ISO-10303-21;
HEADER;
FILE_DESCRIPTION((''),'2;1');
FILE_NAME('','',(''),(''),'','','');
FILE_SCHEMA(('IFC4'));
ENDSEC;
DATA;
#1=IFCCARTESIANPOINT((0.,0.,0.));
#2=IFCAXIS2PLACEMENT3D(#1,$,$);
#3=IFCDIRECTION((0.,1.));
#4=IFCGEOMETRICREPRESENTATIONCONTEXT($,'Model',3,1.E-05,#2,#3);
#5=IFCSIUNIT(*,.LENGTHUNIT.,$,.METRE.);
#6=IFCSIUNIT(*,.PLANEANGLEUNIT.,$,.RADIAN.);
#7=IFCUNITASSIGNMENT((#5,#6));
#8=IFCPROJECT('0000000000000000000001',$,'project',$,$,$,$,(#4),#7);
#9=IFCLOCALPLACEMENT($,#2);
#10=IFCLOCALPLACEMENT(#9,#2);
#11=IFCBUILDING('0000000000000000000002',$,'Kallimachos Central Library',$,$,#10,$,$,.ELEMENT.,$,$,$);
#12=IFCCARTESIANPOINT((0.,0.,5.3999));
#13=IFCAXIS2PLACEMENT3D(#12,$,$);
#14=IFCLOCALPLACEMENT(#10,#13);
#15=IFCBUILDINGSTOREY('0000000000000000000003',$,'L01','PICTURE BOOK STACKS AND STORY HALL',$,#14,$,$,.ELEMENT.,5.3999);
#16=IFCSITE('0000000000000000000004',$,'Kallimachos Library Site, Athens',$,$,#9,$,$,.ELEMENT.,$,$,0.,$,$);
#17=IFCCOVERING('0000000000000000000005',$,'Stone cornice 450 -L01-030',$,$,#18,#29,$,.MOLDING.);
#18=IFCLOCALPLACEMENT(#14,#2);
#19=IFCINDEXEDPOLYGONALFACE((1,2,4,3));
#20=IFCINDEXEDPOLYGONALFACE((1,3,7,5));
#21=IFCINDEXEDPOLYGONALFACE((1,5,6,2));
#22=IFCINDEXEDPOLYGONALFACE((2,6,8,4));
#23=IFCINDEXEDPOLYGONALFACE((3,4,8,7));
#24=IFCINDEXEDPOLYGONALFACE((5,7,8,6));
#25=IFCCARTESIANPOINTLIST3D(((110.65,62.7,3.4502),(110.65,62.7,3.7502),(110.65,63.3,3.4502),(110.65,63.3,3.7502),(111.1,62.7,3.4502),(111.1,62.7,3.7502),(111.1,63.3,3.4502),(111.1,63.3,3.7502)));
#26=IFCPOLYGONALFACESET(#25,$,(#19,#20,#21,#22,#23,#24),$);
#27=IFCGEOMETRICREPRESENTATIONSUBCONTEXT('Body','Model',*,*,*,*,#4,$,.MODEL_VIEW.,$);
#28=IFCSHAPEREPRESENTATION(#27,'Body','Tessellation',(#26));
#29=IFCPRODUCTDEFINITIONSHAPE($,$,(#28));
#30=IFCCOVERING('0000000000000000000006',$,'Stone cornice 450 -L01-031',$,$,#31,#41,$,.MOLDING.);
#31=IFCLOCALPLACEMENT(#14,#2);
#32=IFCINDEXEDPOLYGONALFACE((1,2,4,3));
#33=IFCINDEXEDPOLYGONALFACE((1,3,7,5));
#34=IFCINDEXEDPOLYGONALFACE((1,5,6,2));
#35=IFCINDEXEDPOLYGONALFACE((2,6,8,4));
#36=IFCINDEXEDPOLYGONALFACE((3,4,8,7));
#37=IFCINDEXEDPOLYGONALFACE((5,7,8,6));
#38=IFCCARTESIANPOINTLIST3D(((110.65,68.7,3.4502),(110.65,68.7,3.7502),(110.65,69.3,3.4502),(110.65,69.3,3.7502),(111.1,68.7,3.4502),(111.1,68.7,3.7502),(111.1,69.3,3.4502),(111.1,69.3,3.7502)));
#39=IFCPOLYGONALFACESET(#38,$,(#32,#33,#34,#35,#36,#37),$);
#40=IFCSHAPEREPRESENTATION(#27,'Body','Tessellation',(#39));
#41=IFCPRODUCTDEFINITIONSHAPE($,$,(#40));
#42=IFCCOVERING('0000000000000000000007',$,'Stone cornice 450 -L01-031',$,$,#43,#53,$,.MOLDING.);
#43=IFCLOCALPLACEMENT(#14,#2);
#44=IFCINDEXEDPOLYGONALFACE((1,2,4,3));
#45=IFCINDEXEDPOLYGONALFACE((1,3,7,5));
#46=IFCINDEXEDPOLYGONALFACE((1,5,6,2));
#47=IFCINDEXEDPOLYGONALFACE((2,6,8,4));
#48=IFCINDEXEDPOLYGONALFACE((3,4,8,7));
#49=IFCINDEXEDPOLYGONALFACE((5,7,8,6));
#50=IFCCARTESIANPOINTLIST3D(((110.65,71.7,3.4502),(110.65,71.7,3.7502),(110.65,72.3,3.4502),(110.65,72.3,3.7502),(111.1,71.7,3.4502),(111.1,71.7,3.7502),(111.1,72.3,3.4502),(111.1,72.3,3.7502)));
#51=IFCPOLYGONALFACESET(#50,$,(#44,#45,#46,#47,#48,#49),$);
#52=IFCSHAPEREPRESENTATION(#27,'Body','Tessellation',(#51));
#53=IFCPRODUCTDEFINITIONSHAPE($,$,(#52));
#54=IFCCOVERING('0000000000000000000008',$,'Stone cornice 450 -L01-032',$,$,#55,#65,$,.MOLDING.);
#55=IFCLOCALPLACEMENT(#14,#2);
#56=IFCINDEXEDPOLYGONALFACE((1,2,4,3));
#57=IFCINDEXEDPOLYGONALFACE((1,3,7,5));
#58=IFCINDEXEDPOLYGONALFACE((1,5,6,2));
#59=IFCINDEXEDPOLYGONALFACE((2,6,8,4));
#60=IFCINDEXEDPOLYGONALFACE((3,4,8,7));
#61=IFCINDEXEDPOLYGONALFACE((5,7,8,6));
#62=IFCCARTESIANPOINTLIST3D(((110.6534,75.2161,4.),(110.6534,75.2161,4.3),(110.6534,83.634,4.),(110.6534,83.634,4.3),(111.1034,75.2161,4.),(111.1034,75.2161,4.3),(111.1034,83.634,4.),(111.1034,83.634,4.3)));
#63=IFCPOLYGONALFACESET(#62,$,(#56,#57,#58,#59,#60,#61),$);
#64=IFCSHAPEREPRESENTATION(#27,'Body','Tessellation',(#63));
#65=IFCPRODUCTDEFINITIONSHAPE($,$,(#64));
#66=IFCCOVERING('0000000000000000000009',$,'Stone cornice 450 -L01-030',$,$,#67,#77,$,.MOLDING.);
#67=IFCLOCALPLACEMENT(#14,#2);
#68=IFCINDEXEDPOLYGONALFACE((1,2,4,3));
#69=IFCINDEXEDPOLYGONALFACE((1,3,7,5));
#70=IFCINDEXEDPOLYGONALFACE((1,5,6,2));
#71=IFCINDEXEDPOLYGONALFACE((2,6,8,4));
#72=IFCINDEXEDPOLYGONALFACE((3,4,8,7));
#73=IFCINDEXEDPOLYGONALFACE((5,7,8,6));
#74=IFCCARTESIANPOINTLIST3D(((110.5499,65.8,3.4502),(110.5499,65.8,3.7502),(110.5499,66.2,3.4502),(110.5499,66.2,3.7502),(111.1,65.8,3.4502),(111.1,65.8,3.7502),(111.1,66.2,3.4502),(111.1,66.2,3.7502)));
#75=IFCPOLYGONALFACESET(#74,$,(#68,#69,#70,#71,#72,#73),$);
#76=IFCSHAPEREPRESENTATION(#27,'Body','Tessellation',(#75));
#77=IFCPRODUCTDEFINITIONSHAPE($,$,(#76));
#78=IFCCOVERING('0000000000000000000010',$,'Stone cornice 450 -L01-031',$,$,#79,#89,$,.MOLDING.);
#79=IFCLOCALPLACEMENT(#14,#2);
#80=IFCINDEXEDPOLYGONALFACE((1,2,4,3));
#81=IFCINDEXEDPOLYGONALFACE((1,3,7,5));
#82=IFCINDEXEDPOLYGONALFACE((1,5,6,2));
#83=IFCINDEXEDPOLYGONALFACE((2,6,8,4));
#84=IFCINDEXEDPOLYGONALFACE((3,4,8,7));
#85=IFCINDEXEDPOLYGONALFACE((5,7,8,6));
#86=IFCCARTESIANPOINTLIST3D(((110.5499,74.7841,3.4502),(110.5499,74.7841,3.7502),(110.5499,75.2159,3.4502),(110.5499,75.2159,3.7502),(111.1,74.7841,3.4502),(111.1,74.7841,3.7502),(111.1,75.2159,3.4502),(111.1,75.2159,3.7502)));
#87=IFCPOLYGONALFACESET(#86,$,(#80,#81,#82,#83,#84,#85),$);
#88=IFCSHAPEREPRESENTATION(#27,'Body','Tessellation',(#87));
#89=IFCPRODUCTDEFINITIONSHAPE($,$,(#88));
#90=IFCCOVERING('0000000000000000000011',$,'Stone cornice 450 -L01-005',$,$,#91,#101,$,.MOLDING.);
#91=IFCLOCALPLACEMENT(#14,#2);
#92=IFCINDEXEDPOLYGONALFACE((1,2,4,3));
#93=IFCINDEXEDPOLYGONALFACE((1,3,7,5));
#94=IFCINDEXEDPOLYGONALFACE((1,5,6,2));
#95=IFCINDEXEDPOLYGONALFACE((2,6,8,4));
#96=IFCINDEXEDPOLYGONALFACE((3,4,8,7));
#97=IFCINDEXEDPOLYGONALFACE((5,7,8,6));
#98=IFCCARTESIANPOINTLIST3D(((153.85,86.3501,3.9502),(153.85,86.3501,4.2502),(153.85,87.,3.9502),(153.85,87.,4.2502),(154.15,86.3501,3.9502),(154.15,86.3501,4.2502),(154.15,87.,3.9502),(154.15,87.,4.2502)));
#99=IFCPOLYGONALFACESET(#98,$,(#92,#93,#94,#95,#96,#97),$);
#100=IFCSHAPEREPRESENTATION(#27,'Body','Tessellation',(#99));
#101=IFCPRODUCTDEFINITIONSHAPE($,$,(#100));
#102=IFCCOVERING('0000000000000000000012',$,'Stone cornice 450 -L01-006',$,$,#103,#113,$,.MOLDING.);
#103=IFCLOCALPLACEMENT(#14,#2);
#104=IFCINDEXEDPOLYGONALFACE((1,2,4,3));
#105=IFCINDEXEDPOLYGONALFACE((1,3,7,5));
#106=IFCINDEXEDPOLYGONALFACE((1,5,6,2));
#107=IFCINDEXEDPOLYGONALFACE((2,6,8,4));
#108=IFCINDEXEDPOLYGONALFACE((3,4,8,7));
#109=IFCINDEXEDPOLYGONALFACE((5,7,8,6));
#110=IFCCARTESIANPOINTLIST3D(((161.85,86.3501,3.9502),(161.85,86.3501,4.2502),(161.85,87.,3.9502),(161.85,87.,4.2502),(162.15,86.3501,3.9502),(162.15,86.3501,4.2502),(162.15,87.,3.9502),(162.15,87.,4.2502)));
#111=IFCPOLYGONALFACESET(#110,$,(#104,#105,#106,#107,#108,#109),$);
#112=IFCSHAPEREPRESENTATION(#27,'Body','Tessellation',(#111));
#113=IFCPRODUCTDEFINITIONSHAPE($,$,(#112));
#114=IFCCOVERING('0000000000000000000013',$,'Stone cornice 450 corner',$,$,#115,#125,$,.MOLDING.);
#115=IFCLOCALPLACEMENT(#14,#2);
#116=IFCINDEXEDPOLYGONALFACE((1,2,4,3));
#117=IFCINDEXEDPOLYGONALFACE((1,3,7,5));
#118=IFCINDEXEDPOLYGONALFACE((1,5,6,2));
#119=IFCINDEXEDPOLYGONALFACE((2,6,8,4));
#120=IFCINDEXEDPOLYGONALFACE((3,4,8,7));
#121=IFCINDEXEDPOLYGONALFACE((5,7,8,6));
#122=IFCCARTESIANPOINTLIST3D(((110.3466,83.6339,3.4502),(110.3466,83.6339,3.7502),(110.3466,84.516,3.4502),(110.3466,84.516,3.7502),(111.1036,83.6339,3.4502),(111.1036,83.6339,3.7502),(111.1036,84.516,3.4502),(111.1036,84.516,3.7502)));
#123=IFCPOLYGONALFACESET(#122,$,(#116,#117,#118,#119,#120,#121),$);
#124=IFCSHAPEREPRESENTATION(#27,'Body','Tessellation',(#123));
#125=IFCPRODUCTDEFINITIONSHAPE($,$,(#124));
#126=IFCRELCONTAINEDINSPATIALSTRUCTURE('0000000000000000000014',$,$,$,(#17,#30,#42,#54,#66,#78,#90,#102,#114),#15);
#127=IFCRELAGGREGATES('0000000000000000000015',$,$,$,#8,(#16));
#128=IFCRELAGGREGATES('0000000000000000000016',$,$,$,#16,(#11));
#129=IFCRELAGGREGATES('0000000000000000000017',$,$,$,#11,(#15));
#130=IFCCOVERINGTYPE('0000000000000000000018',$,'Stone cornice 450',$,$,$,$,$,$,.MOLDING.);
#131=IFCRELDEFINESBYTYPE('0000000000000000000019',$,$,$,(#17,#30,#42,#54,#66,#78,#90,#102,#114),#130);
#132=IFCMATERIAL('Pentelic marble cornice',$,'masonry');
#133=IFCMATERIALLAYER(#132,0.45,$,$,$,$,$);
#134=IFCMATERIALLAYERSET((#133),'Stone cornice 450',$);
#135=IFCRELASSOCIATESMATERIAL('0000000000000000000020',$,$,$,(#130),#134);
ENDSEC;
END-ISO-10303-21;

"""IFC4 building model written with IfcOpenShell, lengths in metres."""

from ifc_helpers import new_model, si_unit, direction, frame, origin, origin_2d, place, context, subcontext, project, spatial, rectangle, extrude, material, layer, layer_set, type_object, element, save


model = new_model("IFC4")

# Units and contexts
model_context = context("Model", 3, precision=1e-05, world=origin(), true_north=direction((0.0, 1.0)))
body_context = subcontext(model_context, "Body", "Model", "MODEL_VIEW")
ifc_project = project(units=[si_unit("LENGTHUNIT", "METRE"), si_unit("PLANEANGLEUNIT", "RADIAN")], contexts=[model_context])

# Site, building, storey
site_placement = place(None, origin())
site = spatial("IfcSite", under=ifc_project, at=site_placement, Name="Kallimachos Library Site, Athens", CompositionType="ELEMENT", RefElevation=0.0)
building_placement = place(site_placement, origin())
building = spatial("IfcBuilding", under=site, at=building_placement, Name="Kallimachos Central Library", CompositionType="ELEMENT")
storey_placement = place(building_placement, frame((0.0, 0.0, 5.3999)))
storey = spatial("IfcBuildingStorey", under=building, at=storey_placement, Name="L01", Description="PICTURE BOOK STACKS AND STORY HALL", CompositionType="ELEMENT", Elevation=5.3999)

# Coverings
ifc_material_1 = material(Name="Pentelic marble cornice", Category="masonry")
ifc_layer_1 = layer(ifc_material_1, 0.45)
ifc_layer_set_1 = layer_set([ifc_layer_1], Name="Stone cornice 450")
covering_type_1 = type_object("IfcCoveringType", Name="Stone cornice 450", PredefinedType="MOLDING", material=ifc_layer_set_1)
for number, where, z_axis, x_axis, name in (
    (1, (110.875, 63.0, 3.4502), (0.0, 0.0, 1.0), (1.0, 0.0, 0.0), "Stone cornice 450 -L01-030"),
    (2, (110.875, 69.0, 3.4502), (0.0, 0.0, 1.0), (1.0, 0.0, 0.0), "Stone cornice 450 -L01-031"),
    (3, (110.875, 72.0, 3.4502), (0.0, 0.0, 1.0), (1.0, 0.0, 0.0), "Stone cornice 450 -L01-031"),
):
    element("IfcCovering", number, at=place(storey_placement, frame(where, z_axis=z_axis, x_axis=x_axis)), inside=storey, type_object=covering_type_1, Name=name, PredefinedType="MOLDING", context=body_context, shape_type="SweptSolid", body=[
        extrude(rectangle(XDim=0.45, YDim=0.6001, at=origin_2d()), origin(), (0.0, 0.0, 1.0), 0.3),
    ])
covering_1_placement = place(storey_placement, frame((110.8784, 79.425, 4.0), z_axis=(0.0, 0.0, 1.0), x_axis=(1.0, 0.0, 0.0)))
element("IfcCovering", 4, at=covering_1_placement, inside=storey, type_object=covering_type_1, Name="Stone cornice 450 -L01-032", PredefinedType="MOLDING", context=body_context, shape_type="SweptSolid", body=[
    extrude(rectangle(XDim=0.45, YDim=8.418, at=origin_2d()), origin(), (0.0, 0.0, 1.0), 0.3),
])
covering_2_placement = place(storey_placement, frame((110.825, 66.0, 3.4502), z_axis=(0.0, 0.0, 1.0), x_axis=(1.0, 0.0, 0.0)))
element("IfcCovering", 5, at=covering_2_placement, inside=storey, type_object=covering_type_1, Name="Stone cornice 450 -L01-030", PredefinedType="MOLDING", context=body_context, shape_type="SweptSolid", body=[
    extrude(rectangle(XDim=0.55, YDim=0.3999, at=origin_2d()), origin(), (0.0, 0.0, 1.0), 0.3),
])
covering_3_placement = place(storey_placement, frame((110.825, 75.0, 3.4502), z_axis=(0.0, 0.0, 1.0), x_axis=(1.0, 0.0, 0.0)))
element("IfcCovering", 6, at=covering_3_placement, inside=storey, type_object=covering_type_1, Name="Stone cornice 450 -L01-031", PredefinedType="MOLDING", context=body_context, shape_type="SweptSolid", body=[
    extrude(rectangle(XDim=0.55, YDim=0.4319, at=origin_2d()), origin(), (0.0, 0.0, 1.0), 0.3),
])
for number, where, z_axis, x_axis, name in (
    (7, (154.0, 86.675, 3.9502), (0.0, 0.0, 1.0), (1.0, 0.0, 0.0), "Stone cornice 450 -L01-005"),
    (8, (162.0, 86.675, 3.9502), (0.0, 0.0, 1.0), (1.0, 0.0, 0.0), "Stone cornice 450 -L01-006"),
):
    element("IfcCovering", number, at=place(storey_placement, frame(where, z_axis=z_axis, x_axis=x_axis)), inside=storey, type_object=covering_type_1, Name=name, PredefinedType="MOLDING", context=body_context, shape_type="SweptSolid", body=[
        extrude(rectangle(XDim=0.3, YDim=0.6499, at=origin_2d()), origin(), (0.0, 0.0, 1.0), 0.3),
    ])
covering_4_placement = place(storey_placement, frame((110.7251, 84.075, 3.4502), z_axis=(0.0, 0.0, 1.0), x_axis=(1.0, 0.0, 0.0)))
element("IfcCovering", 9, at=covering_4_placement, inside=storey, type_object=covering_type_1, Name="Stone cornice 450 corner", PredefinedType="MOLDING", context=body_context, shape_type="SweptSolid", body=[
    extrude(rectangle(XDim=0.7571, YDim=0.8821, at=origin_2d()), origin(), (0.0, 0.0, 1.0), 0.3),
])

save(model, "model.ifc")
